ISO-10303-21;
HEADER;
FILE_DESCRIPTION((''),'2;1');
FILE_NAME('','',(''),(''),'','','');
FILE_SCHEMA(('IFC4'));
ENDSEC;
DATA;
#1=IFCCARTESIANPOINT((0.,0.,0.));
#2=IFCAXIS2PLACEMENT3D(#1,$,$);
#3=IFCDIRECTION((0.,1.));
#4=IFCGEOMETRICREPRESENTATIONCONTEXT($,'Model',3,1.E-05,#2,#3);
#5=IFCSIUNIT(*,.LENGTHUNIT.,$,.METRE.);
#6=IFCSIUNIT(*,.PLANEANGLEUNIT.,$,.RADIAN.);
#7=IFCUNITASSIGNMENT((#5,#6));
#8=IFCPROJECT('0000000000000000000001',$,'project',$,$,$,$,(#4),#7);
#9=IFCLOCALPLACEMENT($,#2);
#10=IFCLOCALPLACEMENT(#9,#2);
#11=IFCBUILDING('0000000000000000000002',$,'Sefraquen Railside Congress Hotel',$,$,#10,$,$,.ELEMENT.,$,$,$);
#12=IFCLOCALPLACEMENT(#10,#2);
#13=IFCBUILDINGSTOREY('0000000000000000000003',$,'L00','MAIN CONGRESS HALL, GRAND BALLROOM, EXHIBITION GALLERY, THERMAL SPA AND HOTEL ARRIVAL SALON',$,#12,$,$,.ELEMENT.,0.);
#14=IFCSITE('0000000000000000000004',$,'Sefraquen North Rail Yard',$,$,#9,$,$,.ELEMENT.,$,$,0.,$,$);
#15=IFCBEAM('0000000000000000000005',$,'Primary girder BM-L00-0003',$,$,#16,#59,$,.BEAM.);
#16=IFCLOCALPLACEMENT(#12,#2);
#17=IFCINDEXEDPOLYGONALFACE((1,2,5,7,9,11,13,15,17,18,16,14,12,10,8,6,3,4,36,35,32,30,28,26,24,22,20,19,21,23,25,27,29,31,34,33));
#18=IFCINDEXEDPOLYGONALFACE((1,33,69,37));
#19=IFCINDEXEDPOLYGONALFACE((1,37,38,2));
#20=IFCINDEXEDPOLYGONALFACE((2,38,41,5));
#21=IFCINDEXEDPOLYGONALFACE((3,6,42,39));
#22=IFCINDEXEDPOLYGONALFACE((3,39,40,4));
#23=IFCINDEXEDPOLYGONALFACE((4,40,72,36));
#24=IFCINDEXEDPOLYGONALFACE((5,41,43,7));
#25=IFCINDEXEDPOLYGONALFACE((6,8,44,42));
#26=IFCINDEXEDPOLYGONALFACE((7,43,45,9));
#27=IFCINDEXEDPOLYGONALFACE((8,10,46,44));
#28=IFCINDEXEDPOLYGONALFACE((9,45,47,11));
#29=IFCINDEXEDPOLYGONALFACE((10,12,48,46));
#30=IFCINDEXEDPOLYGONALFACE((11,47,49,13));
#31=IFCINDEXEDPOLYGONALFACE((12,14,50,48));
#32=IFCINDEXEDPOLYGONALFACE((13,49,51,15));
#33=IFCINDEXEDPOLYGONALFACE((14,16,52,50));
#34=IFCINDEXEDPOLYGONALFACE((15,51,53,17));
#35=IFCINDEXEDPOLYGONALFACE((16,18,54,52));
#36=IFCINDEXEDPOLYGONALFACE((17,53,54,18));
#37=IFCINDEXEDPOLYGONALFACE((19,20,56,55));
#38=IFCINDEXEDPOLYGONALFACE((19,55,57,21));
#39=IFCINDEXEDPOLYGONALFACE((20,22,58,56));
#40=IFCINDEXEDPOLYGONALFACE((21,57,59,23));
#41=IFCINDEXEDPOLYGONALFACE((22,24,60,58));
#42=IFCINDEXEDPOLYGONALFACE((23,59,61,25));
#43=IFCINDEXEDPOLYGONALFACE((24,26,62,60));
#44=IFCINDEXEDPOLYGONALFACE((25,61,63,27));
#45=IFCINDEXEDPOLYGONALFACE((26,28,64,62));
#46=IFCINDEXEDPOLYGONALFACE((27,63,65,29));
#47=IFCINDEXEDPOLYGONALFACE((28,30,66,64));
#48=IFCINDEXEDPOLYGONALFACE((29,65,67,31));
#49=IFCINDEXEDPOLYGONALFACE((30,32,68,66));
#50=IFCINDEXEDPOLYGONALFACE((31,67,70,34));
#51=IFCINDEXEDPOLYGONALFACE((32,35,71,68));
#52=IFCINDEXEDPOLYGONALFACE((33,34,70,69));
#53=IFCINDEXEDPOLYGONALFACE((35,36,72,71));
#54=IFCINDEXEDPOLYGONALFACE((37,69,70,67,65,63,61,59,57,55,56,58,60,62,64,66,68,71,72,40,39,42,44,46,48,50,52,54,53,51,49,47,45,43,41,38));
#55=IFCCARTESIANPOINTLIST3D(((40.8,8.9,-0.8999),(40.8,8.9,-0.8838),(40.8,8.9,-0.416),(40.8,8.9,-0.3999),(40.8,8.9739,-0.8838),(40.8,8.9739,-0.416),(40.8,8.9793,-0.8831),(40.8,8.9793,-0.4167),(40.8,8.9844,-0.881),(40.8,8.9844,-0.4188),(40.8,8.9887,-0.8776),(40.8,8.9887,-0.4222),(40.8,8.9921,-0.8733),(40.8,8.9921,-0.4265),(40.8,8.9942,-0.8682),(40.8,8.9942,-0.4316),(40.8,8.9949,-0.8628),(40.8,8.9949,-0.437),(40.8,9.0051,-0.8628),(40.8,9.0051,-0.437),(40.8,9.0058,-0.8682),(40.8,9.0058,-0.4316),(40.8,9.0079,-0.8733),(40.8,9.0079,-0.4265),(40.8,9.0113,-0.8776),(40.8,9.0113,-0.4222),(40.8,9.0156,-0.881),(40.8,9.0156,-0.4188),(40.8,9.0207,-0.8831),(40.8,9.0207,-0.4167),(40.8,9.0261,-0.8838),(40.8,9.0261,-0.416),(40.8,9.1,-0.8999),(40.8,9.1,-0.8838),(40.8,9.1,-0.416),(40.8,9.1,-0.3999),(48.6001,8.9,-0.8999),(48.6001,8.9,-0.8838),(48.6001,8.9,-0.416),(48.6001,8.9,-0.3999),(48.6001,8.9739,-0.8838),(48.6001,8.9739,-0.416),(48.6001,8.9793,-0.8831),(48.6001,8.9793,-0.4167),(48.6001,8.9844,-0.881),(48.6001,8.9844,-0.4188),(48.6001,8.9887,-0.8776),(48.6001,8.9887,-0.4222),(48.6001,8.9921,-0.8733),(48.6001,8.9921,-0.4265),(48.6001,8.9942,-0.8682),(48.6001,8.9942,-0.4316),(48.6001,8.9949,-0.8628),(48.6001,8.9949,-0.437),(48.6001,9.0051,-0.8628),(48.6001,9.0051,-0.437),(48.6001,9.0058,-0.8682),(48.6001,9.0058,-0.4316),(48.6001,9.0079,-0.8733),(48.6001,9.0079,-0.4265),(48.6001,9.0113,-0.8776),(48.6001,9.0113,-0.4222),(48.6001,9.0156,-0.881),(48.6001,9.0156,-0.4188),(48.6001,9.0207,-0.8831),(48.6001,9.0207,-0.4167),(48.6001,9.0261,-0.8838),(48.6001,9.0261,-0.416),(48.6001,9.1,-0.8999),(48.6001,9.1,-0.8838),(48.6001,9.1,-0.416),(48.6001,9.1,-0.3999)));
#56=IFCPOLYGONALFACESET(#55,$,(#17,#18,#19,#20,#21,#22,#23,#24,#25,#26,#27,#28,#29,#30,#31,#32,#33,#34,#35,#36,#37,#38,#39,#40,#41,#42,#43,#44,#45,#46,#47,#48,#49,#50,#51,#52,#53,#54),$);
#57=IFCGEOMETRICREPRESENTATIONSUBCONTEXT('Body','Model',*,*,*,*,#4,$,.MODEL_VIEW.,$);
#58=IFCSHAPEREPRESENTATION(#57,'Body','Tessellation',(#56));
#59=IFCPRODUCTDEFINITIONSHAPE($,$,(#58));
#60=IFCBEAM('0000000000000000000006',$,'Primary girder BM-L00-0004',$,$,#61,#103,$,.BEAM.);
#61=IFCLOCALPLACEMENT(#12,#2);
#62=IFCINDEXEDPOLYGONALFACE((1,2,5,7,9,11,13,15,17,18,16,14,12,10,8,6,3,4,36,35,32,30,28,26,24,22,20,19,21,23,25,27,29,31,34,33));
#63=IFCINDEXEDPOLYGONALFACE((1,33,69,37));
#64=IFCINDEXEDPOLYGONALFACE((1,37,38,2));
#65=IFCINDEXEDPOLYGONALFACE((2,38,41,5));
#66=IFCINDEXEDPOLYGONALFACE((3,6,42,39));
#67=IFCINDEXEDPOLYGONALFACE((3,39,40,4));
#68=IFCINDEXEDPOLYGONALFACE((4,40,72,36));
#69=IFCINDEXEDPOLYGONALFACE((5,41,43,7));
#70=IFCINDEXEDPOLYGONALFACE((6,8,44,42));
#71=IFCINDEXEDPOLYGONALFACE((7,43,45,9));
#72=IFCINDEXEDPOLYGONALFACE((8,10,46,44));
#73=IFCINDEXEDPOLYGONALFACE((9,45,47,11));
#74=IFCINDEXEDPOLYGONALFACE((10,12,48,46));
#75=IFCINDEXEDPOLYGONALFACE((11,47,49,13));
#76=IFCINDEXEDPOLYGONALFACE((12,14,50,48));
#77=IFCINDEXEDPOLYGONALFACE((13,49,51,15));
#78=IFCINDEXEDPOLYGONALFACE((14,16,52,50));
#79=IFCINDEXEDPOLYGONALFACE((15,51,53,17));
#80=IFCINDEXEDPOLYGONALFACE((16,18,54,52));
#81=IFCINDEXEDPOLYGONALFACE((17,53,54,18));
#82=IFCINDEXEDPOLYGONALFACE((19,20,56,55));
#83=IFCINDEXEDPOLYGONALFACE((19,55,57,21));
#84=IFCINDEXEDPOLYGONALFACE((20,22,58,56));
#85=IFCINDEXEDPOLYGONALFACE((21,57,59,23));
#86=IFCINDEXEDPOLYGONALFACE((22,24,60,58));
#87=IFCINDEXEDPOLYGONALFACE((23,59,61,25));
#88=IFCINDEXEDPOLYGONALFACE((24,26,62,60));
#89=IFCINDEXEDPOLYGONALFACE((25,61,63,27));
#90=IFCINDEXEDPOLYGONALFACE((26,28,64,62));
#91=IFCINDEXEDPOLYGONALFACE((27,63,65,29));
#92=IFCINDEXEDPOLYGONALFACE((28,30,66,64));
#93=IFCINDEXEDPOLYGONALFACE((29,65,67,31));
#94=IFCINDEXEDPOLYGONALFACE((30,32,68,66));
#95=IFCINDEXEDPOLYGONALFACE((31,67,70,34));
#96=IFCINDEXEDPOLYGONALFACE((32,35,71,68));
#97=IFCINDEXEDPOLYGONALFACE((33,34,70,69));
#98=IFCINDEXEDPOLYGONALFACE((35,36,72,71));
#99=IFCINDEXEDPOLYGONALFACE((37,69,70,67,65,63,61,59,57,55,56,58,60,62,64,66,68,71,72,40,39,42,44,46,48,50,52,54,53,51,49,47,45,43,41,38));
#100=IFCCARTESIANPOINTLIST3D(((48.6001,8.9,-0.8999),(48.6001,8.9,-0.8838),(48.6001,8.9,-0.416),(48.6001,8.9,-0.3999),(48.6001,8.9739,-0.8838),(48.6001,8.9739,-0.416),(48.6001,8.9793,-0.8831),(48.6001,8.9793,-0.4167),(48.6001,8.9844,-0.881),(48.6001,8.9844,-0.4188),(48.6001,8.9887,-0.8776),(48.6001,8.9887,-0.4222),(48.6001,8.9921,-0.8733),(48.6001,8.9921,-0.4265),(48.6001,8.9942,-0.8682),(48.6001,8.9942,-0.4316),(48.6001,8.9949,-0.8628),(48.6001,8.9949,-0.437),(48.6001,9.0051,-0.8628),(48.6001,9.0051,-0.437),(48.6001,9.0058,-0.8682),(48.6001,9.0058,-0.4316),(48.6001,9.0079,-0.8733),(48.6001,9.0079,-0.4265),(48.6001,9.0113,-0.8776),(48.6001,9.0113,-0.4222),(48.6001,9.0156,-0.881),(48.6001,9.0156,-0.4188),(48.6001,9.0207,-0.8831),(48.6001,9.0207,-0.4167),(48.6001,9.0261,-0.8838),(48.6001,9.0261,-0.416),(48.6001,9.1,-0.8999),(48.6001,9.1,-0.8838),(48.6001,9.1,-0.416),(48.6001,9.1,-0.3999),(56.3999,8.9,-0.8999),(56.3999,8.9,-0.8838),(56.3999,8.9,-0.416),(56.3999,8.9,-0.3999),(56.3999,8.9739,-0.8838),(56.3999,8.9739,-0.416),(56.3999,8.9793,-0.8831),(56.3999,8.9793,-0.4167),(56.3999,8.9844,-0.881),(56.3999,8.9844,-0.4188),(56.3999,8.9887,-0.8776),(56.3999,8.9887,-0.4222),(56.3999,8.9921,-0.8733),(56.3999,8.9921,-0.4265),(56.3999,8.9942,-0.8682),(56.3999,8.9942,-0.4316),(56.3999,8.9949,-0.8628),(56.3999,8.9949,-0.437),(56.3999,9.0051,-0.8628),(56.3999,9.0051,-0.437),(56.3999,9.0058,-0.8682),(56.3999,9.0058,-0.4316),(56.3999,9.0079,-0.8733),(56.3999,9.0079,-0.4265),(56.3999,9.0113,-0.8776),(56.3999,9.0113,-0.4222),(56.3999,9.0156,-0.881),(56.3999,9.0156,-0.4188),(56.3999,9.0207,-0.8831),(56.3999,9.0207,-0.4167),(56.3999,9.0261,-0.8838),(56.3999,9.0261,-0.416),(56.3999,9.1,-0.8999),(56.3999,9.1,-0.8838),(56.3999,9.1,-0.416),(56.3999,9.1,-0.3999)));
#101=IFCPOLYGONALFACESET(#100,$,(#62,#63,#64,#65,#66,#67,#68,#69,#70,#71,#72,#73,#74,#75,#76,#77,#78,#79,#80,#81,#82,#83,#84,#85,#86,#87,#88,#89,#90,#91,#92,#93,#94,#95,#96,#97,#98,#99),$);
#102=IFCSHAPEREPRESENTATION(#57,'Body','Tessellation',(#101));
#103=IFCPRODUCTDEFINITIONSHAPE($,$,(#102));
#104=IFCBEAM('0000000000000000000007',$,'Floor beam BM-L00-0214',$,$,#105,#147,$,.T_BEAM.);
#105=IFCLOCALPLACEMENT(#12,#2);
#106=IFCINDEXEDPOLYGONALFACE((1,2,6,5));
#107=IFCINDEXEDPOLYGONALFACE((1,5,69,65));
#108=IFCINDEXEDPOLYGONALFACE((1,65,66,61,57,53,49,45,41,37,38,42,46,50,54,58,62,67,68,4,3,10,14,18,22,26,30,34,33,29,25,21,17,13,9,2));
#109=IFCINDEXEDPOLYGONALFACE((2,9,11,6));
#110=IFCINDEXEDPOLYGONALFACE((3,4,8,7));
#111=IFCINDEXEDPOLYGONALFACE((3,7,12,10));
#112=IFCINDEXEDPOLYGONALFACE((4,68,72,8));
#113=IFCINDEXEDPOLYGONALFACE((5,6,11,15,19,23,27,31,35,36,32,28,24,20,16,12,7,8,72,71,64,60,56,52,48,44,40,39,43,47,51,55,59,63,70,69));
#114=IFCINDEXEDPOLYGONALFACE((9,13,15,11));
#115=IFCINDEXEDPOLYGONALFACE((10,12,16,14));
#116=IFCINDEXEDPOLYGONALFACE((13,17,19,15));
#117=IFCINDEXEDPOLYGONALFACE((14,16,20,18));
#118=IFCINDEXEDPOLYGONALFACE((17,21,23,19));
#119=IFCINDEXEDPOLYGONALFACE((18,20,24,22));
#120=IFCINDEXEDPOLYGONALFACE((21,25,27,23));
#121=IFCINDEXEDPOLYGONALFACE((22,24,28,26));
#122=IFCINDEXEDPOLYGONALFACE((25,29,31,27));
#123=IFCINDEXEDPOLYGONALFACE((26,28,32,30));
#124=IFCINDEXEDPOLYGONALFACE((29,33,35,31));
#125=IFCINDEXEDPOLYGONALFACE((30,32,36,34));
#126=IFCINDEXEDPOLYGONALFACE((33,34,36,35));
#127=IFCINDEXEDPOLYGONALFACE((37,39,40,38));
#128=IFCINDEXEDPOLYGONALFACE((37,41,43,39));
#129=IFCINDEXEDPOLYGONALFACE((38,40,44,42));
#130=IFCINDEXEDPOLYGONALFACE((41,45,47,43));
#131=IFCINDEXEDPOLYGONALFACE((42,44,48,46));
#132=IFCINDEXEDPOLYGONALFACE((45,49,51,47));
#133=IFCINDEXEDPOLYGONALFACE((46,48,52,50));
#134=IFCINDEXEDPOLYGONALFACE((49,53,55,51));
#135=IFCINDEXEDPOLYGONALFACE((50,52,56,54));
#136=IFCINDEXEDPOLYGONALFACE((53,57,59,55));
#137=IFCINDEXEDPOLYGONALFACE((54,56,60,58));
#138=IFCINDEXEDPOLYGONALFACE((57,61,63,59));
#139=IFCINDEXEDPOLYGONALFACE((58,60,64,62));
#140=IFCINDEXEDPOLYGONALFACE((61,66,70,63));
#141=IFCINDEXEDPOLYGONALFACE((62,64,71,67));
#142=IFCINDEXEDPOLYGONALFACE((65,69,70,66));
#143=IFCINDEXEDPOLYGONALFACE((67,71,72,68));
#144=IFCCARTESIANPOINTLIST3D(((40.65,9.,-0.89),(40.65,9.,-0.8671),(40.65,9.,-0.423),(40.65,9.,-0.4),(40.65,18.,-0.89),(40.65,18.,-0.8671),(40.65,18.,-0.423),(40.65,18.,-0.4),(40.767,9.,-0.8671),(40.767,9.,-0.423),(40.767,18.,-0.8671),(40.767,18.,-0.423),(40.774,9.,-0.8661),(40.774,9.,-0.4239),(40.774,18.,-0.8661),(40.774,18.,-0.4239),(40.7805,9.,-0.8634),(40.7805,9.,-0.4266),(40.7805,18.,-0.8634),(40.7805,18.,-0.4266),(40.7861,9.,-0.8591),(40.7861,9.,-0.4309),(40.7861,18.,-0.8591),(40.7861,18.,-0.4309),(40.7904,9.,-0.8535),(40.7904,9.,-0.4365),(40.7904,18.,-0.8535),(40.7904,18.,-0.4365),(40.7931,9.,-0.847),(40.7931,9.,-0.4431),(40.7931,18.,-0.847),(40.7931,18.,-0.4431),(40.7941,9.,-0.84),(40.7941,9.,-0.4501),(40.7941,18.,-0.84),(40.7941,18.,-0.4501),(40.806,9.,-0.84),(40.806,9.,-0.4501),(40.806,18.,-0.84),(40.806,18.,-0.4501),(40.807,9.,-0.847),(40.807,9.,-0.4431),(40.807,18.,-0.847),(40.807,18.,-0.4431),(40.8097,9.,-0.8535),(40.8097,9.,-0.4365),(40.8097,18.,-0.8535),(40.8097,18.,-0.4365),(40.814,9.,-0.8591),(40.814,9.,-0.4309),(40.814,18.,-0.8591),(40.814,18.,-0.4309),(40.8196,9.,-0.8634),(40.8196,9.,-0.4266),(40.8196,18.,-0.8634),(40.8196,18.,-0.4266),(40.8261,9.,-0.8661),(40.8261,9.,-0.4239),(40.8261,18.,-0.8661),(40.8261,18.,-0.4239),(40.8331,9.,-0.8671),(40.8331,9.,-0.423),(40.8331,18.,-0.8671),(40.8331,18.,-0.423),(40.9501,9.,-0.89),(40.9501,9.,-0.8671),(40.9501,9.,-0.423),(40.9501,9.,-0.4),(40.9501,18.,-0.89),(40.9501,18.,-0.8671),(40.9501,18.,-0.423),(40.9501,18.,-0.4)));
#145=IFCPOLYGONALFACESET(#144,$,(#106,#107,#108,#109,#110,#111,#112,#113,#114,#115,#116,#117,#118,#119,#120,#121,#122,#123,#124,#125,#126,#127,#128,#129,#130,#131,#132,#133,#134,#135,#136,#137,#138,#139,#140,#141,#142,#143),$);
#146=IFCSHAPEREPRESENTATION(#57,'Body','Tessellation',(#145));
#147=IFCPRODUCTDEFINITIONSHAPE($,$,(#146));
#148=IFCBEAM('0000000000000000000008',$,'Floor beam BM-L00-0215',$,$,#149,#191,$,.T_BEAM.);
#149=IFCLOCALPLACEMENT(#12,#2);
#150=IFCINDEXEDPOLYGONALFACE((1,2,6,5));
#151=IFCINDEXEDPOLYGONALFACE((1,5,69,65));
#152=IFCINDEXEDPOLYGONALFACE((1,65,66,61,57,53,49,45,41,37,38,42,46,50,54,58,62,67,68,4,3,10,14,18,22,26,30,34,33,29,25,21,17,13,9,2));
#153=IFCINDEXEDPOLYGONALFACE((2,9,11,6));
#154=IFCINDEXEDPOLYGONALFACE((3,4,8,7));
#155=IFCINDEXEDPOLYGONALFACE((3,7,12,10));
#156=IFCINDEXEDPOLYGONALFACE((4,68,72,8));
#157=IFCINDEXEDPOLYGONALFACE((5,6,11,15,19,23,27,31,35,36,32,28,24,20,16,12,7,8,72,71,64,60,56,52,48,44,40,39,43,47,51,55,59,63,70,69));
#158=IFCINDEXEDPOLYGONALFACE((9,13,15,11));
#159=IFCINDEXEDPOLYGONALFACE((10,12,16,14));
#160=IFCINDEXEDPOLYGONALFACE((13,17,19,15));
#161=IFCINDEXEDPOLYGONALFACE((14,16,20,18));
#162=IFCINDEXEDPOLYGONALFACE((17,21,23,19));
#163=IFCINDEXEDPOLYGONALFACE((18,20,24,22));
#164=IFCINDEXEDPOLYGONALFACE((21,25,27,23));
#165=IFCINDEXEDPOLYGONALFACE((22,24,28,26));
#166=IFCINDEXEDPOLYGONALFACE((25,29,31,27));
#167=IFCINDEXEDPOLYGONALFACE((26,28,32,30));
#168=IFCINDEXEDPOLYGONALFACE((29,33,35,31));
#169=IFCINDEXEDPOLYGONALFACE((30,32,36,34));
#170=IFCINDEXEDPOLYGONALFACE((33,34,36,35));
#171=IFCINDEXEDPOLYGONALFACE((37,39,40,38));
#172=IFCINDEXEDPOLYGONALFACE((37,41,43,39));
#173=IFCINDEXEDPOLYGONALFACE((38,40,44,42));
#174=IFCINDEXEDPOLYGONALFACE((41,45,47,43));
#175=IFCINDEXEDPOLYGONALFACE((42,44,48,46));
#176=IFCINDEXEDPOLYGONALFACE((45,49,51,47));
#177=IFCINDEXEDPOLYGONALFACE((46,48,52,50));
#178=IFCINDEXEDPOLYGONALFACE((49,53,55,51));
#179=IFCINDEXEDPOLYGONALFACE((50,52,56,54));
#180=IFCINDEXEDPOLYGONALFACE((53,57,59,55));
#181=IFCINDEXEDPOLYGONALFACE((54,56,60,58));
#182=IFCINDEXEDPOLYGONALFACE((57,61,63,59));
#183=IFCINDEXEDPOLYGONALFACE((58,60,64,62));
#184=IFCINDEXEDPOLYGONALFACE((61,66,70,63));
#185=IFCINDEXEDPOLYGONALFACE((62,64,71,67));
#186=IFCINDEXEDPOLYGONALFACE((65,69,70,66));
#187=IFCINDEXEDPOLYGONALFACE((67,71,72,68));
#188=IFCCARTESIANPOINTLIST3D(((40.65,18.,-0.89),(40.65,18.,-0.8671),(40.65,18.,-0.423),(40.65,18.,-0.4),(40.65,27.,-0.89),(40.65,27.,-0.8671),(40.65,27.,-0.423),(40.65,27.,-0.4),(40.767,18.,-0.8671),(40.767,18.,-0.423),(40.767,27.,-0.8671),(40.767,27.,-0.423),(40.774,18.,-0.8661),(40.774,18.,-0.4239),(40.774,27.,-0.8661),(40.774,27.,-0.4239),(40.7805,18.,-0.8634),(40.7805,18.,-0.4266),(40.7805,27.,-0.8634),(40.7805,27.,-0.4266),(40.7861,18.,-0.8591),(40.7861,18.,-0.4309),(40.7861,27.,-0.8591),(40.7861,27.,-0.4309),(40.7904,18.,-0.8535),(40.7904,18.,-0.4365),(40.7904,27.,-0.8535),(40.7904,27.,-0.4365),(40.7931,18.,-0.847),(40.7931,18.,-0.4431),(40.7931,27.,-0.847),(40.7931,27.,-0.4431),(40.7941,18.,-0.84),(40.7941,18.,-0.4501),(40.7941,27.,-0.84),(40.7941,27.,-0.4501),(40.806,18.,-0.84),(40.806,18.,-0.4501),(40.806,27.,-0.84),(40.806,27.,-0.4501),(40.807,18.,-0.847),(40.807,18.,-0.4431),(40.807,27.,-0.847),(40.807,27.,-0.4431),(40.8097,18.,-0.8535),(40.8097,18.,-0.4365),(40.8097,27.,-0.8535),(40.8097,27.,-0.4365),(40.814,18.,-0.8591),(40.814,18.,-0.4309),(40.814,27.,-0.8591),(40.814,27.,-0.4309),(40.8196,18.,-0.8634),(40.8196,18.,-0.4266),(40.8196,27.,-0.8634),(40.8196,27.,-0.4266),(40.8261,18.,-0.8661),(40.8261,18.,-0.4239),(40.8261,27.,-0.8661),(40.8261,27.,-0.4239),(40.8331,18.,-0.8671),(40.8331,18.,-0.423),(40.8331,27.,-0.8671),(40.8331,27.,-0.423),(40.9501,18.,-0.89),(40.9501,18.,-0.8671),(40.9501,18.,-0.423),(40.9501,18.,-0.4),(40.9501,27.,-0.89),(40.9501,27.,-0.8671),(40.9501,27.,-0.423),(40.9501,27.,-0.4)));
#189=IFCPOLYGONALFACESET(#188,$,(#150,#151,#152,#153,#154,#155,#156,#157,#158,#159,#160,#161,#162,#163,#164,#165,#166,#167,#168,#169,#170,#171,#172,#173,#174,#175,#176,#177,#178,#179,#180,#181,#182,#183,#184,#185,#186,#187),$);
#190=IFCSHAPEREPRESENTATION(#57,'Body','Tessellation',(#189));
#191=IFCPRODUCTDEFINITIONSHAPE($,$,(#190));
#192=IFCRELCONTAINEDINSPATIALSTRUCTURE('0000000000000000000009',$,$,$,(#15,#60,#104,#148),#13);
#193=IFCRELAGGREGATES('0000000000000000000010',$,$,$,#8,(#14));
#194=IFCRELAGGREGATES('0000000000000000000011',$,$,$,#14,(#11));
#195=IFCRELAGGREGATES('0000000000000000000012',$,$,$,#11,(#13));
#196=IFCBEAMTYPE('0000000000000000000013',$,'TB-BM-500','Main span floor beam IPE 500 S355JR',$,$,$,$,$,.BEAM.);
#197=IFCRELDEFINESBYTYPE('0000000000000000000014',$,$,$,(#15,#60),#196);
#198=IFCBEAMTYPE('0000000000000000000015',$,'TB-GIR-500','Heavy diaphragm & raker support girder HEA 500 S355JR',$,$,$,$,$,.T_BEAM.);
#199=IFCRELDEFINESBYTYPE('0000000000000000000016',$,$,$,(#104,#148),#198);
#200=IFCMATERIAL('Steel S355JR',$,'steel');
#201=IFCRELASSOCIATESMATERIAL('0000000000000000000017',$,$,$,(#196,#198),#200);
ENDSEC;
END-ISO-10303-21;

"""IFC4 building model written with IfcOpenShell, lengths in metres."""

from ifc_helpers import new_model, si_unit, direction, frame, origin, origin_2d, place, context, subcontext, project, spatial, i_section, extrude, material, material_profile, profile_set, type_object, element, save


model = new_model("IFC4")

# Units and contexts
model_context = context("Model", 3, precision=1e-05, world=origin(), true_north=direction((0.0, 1.0)))
body_context = subcontext(model_context, "Body", "Model", "MODEL_VIEW")
ifc_project = project(units=[si_unit("LENGTHUNIT", "METRE"), si_unit("PLANEANGLEUNIT", "RADIAN")], contexts=[model_context])

# Site, building, storey
site_placement = place(None, origin())
site = spatial("IfcSite", under=ifc_project, at=site_placement, Name="Sefraquen North Rail Yard", CompositionType="ELEMENT", RefElevation=0.0)
building_placement = place(site_placement, origin())
building = spatial("IfcBuilding", under=site, at=building_placement, Name="Sefraquen Railside Congress Hotel", CompositionType="ELEMENT")
storey_placement = place(building_placement, origin())
storey = spatial("IfcBuildingStorey", under=building, at=storey_placement, Name="L00", Description="MAIN CONGRESS HALL, GRAND BALLROOM, EXHIBITION GALLERY, THERMAL SPA AND HOTEL ARRIVAL SALON", CompositionType="ELEMENT", Elevation=0.0)

# Shared definitions
ifc_material_1 = material(Name="Steel S355JR", Category="steel")

# Beams
ifc_material_profile_1 = material_profile(ifc_material_1, i_section(OverallWidth=0.2, OverallDepth=0.5, WebThickness=0.0103, FlangeThickness=0.0161, FilletRadius=0.021, at=origin_2d()), Name="IPE 500")
ifc_profile_set_1 = profile_set([ifc_material_profile_1], Name="Steel S355JR")
beam_type_1 = type_object("IfcBeamType", Name="TB-BM-500", Description="Main span floor beam IPE 500 S355JR", PredefinedType="BEAM", material=ifc_profile_set_1)
beam_1_placement = place(storey_placement, frame((40.8, 9.0, -0.6499), z_axis=(1.0, 0.0, 0.0), x_axis=(0.0, 1.0, 0.0)))
element("IfcBeam", 1, at=beam_1_placement, inside=storey, type_object=beam_type_1, Name="Primary girder BM-L00-0003", PredefinedType="BEAM", context=body_context, shape_type="SweptSolid", body=[
    extrude(i_section(OverallWidth=0.2, OverallDepth=0.5, WebThickness=0.0103, FlangeThickness=0.0161, FilletRadius=0.021, at=origin_2d()), origin(), (0.0, 0.0, 1.0), 7.8),
])
beam_2_placement = place(storey_placement, frame((48.6001, 9.0, -0.6499), z_axis=(1.0, 0.0, 0.0), x_axis=(0.0, 1.0, 0.0)))
element("IfcBeam", 2, at=beam_2_placement, inside=storey, type_object=beam_type_1, Name="Primary girder BM-L00-0004", PredefinedType="BEAM", context=body_context, shape_type="SweptSolid", body=[
    extrude(i_section(OverallWidth=0.2, OverallDepth=0.5, WebThickness=0.0103, FlangeThickness=0.0161, FilletRadius=0.021, at=origin_2d()), origin(), (0.0, 0.0, 1.0), 7.7998),
])
ifc_material_profile_2 = material_profile(ifc_material_1, i_section(OverallWidth=0.3, OverallDepth=0.49, WebThickness=0.012, FlangeThickness=0.0229, FilletRadius=0.0271, at=origin_2d()), Name="HEA 500")
ifc_profile_set_2 = profile_set([ifc_material_profile_2], Name="Steel S355JR")
beam_type_2 = type_object("IfcBeamType", Name="TB-GIR-500", Description="Heavy diaphragm & raker support girder HEA 500 S355JR", PredefinedType="T_BEAM", material=ifc_profile_set_2)
for number, where, z_axis, x_axis, name in (
    (3, (40.8, 9.0, -0.645), (0.0, 1.0, 0.0), (-1.0, 0.0, 0.0), "Floor beam BM-L00-0214"),
    (4, (40.8, 18.0, -0.645), (0.0, 1.0, 0.0), (-1.0, 0.0, 0.0), "Floor beam BM-L00-0215"),
):
    element("IfcBeam", number, at=place(storey_placement, frame(where, z_axis=z_axis, x_axis=x_axis)), inside=storey, type_object=beam_type_2, Name=name, PredefinedType="T_BEAM", context=body_context, shape_type="SweptSolid", body=[
        extrude(i_section(OverallWidth=0.3, OverallDepth=0.49, WebThickness=0.012, FlangeThickness=0.0229, FilletRadius=0.0271, at=origin_2d()), origin(), (0.0, 0.0, 1.0), 9.0),
    ])

save(model, "model.ifc")
